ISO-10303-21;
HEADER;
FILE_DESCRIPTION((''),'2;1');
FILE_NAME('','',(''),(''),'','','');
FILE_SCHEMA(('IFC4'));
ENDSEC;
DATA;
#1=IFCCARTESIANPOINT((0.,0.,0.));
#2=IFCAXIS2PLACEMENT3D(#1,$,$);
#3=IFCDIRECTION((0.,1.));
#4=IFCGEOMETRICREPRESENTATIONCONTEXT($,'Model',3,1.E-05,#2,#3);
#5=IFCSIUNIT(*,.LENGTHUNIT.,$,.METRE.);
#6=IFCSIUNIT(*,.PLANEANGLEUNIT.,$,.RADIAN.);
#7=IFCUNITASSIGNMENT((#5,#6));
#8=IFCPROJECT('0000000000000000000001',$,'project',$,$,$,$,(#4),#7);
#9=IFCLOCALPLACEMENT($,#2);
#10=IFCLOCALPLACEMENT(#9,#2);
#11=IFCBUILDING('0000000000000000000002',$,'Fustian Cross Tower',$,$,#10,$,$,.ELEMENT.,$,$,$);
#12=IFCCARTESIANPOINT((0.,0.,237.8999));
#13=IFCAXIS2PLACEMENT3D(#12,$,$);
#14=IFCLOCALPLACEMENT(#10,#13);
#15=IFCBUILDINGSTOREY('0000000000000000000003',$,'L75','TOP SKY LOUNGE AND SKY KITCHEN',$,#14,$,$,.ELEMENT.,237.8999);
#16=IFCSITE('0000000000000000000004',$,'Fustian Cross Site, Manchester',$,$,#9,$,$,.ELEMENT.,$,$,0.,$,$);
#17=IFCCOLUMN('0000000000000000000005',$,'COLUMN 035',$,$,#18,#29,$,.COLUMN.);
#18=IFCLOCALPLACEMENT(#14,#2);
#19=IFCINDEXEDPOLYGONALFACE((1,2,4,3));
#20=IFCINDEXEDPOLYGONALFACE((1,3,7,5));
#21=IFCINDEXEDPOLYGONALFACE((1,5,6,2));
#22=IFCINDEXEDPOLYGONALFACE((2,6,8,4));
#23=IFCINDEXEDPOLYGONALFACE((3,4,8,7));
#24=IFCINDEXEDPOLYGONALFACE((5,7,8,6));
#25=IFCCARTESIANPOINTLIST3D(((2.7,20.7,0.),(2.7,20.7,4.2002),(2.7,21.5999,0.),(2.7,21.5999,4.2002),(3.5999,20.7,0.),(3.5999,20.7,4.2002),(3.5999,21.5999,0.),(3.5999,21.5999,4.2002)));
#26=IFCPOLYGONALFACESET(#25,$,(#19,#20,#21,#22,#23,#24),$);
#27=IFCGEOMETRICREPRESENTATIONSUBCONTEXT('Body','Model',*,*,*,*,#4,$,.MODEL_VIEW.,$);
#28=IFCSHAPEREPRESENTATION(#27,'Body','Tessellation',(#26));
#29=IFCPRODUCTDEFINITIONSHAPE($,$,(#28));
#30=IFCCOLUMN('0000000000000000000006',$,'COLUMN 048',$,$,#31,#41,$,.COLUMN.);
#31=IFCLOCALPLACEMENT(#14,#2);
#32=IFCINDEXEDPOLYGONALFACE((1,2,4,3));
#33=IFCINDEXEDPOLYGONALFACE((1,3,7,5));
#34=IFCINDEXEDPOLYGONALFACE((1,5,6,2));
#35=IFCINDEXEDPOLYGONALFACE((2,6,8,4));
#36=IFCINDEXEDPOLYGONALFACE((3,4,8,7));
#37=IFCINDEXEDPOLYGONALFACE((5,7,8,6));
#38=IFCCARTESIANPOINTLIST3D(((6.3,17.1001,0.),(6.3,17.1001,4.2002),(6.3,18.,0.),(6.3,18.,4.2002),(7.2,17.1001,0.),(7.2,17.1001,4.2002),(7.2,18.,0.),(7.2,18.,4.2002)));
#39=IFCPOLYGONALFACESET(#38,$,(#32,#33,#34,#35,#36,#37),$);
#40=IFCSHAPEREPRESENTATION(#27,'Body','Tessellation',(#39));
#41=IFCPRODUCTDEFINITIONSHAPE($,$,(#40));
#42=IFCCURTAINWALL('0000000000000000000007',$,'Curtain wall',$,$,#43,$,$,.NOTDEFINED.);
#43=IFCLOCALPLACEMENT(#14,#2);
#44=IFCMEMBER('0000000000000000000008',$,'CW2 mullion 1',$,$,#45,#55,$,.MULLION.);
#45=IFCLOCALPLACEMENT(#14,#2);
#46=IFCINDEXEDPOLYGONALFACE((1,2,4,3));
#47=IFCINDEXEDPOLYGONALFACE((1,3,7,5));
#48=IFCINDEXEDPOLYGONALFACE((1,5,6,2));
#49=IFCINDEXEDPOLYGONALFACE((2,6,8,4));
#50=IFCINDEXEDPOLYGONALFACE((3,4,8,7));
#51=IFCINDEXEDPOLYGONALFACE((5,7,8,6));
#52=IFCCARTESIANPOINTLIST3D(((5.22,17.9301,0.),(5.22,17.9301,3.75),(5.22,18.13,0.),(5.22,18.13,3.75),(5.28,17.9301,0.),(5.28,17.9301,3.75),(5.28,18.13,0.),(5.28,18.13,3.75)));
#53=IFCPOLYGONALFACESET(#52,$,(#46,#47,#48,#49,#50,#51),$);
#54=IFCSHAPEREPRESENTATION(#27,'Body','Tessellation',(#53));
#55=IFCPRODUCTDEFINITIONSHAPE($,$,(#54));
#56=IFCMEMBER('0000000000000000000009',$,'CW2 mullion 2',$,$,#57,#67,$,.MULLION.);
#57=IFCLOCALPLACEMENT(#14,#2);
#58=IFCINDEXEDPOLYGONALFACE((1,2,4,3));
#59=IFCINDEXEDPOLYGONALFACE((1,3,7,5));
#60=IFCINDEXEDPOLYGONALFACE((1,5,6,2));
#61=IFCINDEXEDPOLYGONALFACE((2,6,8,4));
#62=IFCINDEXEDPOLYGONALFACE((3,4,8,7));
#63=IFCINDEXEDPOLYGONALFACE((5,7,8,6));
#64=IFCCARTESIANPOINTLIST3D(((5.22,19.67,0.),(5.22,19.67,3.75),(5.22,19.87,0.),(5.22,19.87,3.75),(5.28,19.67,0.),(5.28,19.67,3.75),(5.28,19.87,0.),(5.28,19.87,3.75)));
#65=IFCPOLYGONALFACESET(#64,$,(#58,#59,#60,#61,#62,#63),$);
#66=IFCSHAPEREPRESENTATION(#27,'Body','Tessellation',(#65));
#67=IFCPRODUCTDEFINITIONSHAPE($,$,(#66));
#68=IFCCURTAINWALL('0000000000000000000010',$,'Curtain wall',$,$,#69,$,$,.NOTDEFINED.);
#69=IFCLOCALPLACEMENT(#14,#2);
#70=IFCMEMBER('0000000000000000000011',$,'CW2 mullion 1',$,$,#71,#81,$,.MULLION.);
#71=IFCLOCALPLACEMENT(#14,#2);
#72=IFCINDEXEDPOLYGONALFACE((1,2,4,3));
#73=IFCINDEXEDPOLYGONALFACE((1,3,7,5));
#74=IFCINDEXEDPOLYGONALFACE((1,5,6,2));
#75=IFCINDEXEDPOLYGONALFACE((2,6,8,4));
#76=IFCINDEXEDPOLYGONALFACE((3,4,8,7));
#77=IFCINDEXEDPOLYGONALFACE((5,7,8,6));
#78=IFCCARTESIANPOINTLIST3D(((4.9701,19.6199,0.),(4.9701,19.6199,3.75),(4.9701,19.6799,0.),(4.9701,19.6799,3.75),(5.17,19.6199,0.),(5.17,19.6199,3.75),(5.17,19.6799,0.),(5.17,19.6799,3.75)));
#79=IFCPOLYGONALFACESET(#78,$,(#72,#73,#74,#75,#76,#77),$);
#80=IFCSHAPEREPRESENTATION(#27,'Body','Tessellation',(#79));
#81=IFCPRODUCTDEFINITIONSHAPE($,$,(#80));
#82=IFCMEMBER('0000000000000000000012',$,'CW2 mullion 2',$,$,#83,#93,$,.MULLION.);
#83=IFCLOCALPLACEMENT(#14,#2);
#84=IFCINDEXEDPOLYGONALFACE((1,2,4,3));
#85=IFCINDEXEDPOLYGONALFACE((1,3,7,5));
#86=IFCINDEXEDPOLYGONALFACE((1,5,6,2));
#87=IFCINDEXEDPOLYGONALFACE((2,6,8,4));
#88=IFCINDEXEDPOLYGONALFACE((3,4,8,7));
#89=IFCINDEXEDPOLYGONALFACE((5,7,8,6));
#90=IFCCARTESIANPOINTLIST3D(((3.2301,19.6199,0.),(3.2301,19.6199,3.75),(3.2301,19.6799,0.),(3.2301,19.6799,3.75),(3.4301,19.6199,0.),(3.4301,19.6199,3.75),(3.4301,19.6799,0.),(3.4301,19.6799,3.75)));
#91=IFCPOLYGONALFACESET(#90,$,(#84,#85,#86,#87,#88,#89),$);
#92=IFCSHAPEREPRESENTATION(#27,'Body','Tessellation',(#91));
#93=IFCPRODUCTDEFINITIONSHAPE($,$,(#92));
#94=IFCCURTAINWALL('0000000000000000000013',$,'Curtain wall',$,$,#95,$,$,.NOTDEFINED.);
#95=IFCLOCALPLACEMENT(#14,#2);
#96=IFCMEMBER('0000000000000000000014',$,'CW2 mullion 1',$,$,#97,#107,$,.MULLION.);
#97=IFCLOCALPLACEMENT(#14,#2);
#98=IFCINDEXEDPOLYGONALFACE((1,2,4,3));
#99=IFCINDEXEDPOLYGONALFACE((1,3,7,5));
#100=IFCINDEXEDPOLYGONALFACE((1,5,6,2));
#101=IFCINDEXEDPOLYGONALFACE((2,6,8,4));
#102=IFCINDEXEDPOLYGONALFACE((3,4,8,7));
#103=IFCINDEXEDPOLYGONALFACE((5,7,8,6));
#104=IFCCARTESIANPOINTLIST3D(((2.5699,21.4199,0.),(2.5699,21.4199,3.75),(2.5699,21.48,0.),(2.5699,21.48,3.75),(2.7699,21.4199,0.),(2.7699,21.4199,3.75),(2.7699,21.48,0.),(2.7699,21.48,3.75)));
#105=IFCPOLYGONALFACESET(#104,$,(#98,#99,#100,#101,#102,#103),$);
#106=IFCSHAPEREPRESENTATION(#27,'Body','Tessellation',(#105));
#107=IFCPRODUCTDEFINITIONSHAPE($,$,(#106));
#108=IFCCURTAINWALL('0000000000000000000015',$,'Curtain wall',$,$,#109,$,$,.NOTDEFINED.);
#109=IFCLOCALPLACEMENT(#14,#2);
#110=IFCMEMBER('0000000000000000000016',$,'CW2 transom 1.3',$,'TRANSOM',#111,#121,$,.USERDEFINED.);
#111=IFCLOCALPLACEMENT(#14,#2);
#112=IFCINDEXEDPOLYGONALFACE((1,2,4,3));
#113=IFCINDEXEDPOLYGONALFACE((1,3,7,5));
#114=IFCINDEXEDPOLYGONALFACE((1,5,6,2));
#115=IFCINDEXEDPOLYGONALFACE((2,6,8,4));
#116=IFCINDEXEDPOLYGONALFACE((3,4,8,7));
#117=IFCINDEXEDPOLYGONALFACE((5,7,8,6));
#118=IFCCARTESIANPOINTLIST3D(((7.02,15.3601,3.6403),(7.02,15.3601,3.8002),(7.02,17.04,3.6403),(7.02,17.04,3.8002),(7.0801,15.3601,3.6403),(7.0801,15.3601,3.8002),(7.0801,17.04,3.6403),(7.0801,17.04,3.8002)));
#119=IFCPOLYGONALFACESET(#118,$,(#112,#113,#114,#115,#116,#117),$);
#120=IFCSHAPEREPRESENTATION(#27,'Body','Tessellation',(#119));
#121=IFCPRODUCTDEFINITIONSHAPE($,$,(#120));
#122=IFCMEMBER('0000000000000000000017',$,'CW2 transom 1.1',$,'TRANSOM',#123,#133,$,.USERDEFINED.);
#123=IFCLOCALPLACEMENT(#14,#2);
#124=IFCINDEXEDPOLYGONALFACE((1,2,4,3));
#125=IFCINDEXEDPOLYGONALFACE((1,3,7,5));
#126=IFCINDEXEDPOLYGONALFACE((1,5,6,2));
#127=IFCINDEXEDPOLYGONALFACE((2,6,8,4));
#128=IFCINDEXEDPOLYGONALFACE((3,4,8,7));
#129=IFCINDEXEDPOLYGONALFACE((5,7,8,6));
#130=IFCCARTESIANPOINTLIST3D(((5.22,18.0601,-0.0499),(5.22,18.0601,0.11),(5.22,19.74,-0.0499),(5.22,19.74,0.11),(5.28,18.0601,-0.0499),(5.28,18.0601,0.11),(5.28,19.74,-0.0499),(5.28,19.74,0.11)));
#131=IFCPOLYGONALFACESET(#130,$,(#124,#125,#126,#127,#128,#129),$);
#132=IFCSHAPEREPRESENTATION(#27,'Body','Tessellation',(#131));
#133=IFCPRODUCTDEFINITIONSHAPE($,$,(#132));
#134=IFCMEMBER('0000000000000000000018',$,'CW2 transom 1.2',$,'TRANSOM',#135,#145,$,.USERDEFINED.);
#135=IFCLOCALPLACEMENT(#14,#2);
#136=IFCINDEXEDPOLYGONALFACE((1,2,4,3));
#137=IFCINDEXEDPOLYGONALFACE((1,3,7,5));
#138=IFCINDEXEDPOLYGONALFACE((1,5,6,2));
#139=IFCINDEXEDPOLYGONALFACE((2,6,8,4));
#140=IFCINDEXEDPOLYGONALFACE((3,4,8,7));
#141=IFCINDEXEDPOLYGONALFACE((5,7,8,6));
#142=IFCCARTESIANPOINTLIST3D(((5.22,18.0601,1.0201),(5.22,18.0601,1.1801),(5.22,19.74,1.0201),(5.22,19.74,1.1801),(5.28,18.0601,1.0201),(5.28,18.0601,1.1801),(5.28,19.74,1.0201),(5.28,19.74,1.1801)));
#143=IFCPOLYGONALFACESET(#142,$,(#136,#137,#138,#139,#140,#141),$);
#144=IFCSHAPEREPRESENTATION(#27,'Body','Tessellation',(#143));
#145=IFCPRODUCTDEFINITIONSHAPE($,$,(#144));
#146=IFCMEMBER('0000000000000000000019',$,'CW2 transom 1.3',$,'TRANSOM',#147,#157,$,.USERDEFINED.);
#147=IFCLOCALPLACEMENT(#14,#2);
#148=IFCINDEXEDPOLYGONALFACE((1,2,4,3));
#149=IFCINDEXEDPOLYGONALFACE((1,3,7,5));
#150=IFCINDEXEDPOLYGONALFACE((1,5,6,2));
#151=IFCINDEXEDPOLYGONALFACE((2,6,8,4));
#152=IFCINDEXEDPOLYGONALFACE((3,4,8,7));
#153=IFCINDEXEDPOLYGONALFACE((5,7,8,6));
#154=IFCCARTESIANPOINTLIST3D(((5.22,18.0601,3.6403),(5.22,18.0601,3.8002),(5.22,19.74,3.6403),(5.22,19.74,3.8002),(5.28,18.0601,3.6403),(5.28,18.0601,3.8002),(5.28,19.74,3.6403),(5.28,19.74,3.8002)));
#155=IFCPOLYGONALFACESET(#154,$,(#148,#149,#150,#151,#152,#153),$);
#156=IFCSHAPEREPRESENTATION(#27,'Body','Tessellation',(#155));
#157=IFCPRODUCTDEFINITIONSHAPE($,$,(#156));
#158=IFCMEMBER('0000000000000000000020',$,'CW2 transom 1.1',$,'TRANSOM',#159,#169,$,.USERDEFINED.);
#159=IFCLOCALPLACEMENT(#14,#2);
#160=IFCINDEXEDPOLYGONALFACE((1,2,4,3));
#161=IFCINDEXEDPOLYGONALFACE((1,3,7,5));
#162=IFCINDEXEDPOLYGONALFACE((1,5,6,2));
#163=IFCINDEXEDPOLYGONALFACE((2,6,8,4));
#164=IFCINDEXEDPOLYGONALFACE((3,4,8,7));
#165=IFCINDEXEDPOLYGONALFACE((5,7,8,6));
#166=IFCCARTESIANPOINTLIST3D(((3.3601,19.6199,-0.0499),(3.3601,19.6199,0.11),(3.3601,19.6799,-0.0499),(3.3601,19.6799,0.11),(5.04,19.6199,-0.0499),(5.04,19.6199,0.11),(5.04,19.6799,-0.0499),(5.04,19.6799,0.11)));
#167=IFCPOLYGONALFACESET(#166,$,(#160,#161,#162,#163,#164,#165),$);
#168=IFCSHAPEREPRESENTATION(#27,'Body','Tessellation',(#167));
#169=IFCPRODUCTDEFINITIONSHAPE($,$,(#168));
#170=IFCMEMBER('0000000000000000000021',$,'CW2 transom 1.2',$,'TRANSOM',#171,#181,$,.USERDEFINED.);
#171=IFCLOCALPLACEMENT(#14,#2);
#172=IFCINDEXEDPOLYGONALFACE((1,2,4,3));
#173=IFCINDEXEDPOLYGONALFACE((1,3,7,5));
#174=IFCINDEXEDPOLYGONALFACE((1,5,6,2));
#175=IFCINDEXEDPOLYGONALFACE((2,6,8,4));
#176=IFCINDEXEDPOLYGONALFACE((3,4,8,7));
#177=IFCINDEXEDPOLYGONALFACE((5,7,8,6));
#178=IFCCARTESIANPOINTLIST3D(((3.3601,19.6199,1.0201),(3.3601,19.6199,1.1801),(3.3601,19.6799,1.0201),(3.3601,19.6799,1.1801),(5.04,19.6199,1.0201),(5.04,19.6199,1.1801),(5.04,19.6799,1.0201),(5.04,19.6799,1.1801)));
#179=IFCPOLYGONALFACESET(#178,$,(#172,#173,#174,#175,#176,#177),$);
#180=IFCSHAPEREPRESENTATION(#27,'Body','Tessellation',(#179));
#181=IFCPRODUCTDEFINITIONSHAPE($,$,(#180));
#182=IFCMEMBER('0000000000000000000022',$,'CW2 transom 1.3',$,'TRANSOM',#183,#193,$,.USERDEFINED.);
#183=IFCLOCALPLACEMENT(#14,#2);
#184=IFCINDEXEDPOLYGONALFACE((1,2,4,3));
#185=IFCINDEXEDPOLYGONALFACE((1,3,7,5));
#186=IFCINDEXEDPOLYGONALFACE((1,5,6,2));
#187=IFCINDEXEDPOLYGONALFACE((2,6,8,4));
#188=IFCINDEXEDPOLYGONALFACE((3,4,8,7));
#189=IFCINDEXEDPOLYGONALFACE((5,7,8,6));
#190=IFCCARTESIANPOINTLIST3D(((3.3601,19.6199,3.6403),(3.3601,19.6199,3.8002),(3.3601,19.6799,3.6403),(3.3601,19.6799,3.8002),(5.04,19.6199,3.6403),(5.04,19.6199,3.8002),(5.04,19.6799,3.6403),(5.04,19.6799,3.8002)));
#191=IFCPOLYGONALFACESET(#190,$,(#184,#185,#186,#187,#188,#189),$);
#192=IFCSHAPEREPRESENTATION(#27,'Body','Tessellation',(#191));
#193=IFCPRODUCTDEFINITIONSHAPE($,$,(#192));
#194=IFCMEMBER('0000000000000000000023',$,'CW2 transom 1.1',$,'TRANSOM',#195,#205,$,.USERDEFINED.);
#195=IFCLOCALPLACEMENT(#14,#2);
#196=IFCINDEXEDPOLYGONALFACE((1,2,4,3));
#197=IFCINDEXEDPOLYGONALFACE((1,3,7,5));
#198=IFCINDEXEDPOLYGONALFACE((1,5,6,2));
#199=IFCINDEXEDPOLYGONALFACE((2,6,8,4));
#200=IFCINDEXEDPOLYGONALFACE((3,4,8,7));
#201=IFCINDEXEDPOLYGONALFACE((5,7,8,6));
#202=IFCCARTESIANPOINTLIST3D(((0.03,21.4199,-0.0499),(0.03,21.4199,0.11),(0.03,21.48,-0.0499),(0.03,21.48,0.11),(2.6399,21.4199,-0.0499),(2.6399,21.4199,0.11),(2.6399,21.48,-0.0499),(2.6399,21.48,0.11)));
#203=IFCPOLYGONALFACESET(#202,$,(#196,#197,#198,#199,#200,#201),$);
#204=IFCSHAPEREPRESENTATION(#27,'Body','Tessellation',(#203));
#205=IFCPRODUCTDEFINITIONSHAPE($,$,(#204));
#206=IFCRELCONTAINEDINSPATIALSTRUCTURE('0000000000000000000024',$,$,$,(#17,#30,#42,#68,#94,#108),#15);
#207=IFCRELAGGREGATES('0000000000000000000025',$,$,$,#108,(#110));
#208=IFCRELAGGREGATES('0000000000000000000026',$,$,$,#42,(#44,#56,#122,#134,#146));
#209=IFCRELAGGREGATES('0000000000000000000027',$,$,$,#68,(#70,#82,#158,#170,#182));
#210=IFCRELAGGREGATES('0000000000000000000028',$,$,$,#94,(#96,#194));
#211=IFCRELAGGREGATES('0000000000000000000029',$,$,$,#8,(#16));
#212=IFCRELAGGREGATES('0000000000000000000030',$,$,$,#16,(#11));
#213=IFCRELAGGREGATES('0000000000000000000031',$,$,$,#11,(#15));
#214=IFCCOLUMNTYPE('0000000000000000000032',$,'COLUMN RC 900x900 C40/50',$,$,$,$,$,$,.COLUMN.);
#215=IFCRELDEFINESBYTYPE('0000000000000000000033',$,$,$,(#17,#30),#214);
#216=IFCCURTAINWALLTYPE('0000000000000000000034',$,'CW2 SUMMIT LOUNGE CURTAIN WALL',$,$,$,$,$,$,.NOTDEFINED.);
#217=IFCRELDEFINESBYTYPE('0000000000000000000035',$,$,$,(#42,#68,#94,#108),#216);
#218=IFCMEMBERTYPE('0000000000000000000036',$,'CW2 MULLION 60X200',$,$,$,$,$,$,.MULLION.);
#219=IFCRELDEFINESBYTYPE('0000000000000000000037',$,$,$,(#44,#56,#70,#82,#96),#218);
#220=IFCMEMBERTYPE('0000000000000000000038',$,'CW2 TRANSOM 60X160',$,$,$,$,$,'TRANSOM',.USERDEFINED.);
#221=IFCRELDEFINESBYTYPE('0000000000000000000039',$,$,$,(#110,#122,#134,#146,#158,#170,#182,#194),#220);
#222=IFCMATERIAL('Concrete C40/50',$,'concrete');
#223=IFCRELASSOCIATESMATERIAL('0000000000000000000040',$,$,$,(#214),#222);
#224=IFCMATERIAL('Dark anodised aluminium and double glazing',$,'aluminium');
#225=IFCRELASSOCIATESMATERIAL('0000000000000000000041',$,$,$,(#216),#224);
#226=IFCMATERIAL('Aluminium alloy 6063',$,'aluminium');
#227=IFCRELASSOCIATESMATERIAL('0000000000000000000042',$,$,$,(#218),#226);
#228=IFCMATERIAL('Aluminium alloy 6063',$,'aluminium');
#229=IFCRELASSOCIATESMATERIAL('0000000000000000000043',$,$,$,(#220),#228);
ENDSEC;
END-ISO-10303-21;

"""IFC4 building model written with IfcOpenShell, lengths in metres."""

from ifc_helpers import new_model, si_unit, direction, frame, origin, origin_2d, place, context, subcontext, project, spatial, rectangle, extrude, material, material_profile, profile_set, type_object, element, aggregate, save


model = new_model("IFC4")

# Units and contexts
model_context = context("Model", 3, precision=1e-05, world=origin(), true_north=direction((0.0, 1.0)))
body_context = subcontext(model_context, "Body", "Model", "MODEL_VIEW")
ifc_project = project(units=[si_unit("LENGTHUNIT", "METRE"), si_unit("PLANEANGLEUNIT", "RADIAN")], contexts=[model_context])

# Site, building, storey
site_placement = place(None, origin())
site = spatial("IfcSite", under=ifc_project, at=site_placement, Name="Fustian Cross Site, Manchester", CompositionType="ELEMENT", RefElevation=0.0)
building_placement = place(site_placement, origin())
building = spatial("IfcBuilding", under=site, at=building_placement, Name="Fustian Cross Tower", CompositionType="ELEMENT")
storey_placement = place(building_placement, frame((0.0, 0.0, 237.8999)))
storey = spatial("IfcBuildingStorey", under=building, at=storey_placement, Name="L75", Description="TOP SKY LOUNGE AND SKY KITCHEN", CompositionType="ELEMENT", Elevation=237.8999)

# Columns
ifc_material_1 = material(Name="Concrete C40/50", Category="concrete")
ifc_material_profile_1 = material_profile(ifc_material_1, rectangle(XDim=0.8999, YDim=0.8999, at=origin_2d()), Name="RC 900x900")
ifc_profile_set_1 = profile_set([ifc_material_profile_1], Name="Concrete C40/50")
column_type = type_object("IfcColumnType", Name="COLUMN RC 900x900 C40/50", PredefinedType="COLUMN", material=ifc_profile_set_1)
for number, where, z_axis, x_axis, name in (
    (1, (3.1499, 21.1499, 0.0), (0.0, 0.0, 1.0), (1.0, 0.0, 0.0), "COLUMN 035"),
    (2, (6.75, 17.55, 0.0), (0.0, 0.0, 1.0), (1.0, 0.0, 0.0), "COLUMN 048"),
):
    element("IfcColumn", number, at=place(storey_placement, frame(where, z_axis=z_axis, x_axis=x_axis)), inside=storey, type_object=column_type, Name=name, PredefinedType="COLUMN", context=body_context, shape_type="SweptSolid", body=[
        extrude(rectangle(XDim=0.8999, YDim=0.8999, at=origin_2d()), origin(), (0.0, 0.0, 1.0), 4.2002),
    ])

# Curtain walls, members
ifc_material_2 = material(Name="Dark anodised aluminium and double glazing", Category="aluminium")
curtain_wall_type = type_object("IfcCurtainWallType", Name="CW2 SUMMIT LOUNGE CURTAIN WALL", PredefinedType="NOTDEFINED", material=ifc_material_2)
curtain_wall_1_placement = place(storey_placement, origin())
curtain_wall_1 = element("IfcCurtainWall", 3, at=curtain_wall_1_placement, inside=storey, type_object=curtain_wall_type, Name="Curtain wall", PredefinedType="NOTDEFINED")
ifc_material_3 = material(Name="Aluminium alloy 6063", Category="aluminium")
ifc_material_profile_2 = material_profile(ifc_material_3, rectangle(XDim=0.0601, YDim=0.2, at=origin_2d()), Name="CW2 MULLION 60X200")
ifc_profile_set_2 = profile_set([ifc_material_profile_2], Name="Aluminium alloy 6063")
member_type_1 = type_object("IfcMemberType", Name="CW2 MULLION 60X200", PredefinedType="MULLION", material=ifc_profile_set_2)
member_1_placement = place(storey_placement, frame((5.25, 18.03, 0.0), z_axis=(0.0, 0.0, 1.0), x_axis=(-1.0, 0.0, 0.0)))
member_1 = element("IfcMember", 4, at=member_1_placement, type_object=member_type_1, Name="CW2 mullion 1", PredefinedType="MULLION", context=body_context, shape_type="SweptSolid", body=[
    extrude(rectangle(XDim=0.0601, YDim=0.2, at=origin_2d()), origin(), (0.0, 0.0, 1.0), 3.75),
])
member_2_placement = place(storey_placement, frame((5.25, 19.77, 0.0), z_axis=(0.0, 0.0, 1.0), x_axis=(-1.0, 0.0, 0.0)))
member_2 = element("IfcMember", 5, at=member_2_placement, type_object=member_type_1, Name="CW2 mullion 2", PredefinedType="MULLION", context=body_context, shape_type="SweptSolid", body=[
    extrude(rectangle(XDim=0.0601, YDim=0.2, at=origin_2d()), origin(), (0.0, 0.0, 1.0), 3.75),
])
curtain_wall_2_placement = place(storey_placement, origin())
curtain_wall_2 = element("IfcCurtainWall", 6, at=curtain_wall_2_placement, inside=storey, type_object=curtain_wall_type, Name="Curtain wall", PredefinedType="NOTDEFINED")
member_3_placement = place(storey_placement, frame((5.0701, 19.6499, 0.0), z_axis=(0.0, 0.0, 1.0), x_axis=(0.0, -1.0, 0.0)))
member_3 = element("IfcMember", 7, at=member_3_placement, type_object=member_type_1, Name="CW2 mullion 1", PredefinedType="MULLION", context=body_context, shape_type="SweptSolid", body=[
    extrude(rectangle(XDim=0.0601, YDim=0.2, at=origin_2d()), origin(), (0.0, 0.0, 1.0), 3.75),
])
member_4_placement = place(storey_placement, frame((3.3301, 19.6499, 0.0), z_axis=(0.0, 0.0, 1.0), x_axis=(0.0, -1.0, 0.0)))
member_4 = element("IfcMember", 8, at=member_4_placement, type_object=member_type_1, Name="CW2 mullion 2", PredefinedType="MULLION", context=body_context, shape_type="SweptSolid", body=[
    extrude(rectangle(XDim=0.0601, YDim=0.2, at=origin_2d()), origin(), (0.0, 0.0, 1.0), 3.75),
])

# Curtain walls, members
curtain_wall_3_placement = place(storey_placement, origin())
curtain_wall_3 = element("IfcCurtainWall", 9, at=curtain_wall_3_placement, inside=storey, type_object=curtain_wall_type, Name="Curtain wall", PredefinedType="NOTDEFINED")
member_5_placement = place(storey_placement, frame((2.6699, 21.45, 0.0), z_axis=(0.0, 0.0, 1.0), x_axis=(0.0, -1.0, 0.0)))
member_5 = element("IfcMember", 10, at=member_5_placement, type_object=member_type_1, Name="CW2 mullion 1", PredefinedType="MULLION", context=body_context, shape_type="SweptSolid", body=[
    extrude(rectangle(XDim=0.0601, YDim=0.2, at=origin_2d()), origin(), (0.0, 0.0, 1.0), 3.75),
])
curtain_wall_4_placement = place(storey_placement, origin())
curtain_wall_4 = element("IfcCurtainWall", 11, at=curtain_wall_4_placement, inside=storey, type_object=curtain_wall_type, Name="Curtain wall", PredefinedType="NOTDEFINED")
ifc_material_4 = material(Name="Aluminium alloy 6063", Category="aluminium")
ifc_material_profile_3 = material_profile(ifc_material_4, rectangle(XDim=0.0601, YDim=0.1599, at=origin_2d()), Name="CW2 TRANSOM 60X160")
ifc_profile_set_3 = profile_set([ifc_material_profile_3], Name="Aluminium alloy 6063")
member_type_2 = type_object("IfcMemberType", Name="CW2 TRANSOM 60X160", ElementType="TRANSOM", PredefinedType="USERDEFINED", material=ifc_profile_set_3)
member_6_placement = place(storey_placement, frame((7.05, 15.3601, 3.7202), z_axis=(0.0, 1.0, 0.0), x_axis=(-1.0, 0.0, 0.0)))
member_6 = element("IfcMember", 12, at=member_6_placement, type_object=member_type_2, Name="CW2 transom 1.3", ObjectType="TRANSOM", PredefinedType="USERDEFINED", context=body_context, shape_type="SweptSolid", body=[
    extrude(rectangle(XDim=0.0601, YDim=0.1599, at=origin_2d()), origin(), (0.0, 0.0, 1.0), 1.6799),
])
aggregate(curtain_wall_4, [member_6])

# Members
member_7_placement = place(storey_placement, frame((5.25, 18.0601, 0.03), z_axis=(0.0, 1.0, 0.0), x_axis=(-1.0, 0.0, 0.0)))
member_7 = element("IfcMember", 13, at=member_7_placement, type_object=member_type_2, Name="CW2 transom 1.1", ObjectType="TRANSOM", PredefinedType="USERDEFINED", context=body_context, shape_type="SweptSolid", body=[
    extrude(rectangle(XDim=0.0601, YDim=0.1599, at=origin_2d()), origin(), (0.0, 0.0, 1.0), 1.6799),
])
member_8_placement = place(storey_placement, frame((5.25, 18.0601, 1.1001), z_axis=(0.0, 1.0, 0.0), x_axis=(-1.0, 0.0, 0.0)))
member_8 = element("IfcMember", 14, at=member_8_placement, type_object=member_type_2, Name="CW2 transom 1.2", ObjectType="TRANSOM", PredefinedType="USERDEFINED", context=body_context, shape_type="SweptSolid", body=[
    extrude(rectangle(XDim=0.0601, YDim=0.1599, at=origin_2d()), origin(), (0.0, 0.0, 1.0), 1.6799),
])
member_9_placement = place(storey_placement, frame((5.25, 18.0601, 3.7202), z_axis=(0.0, 1.0, 0.0), x_axis=(-1.0, 0.0, 0.0)))
member_9 = element("IfcMember", 15, at=member_9_placement, type_object=member_type_2, Name="CW2 transom 1.3", ObjectType="TRANSOM", PredefinedType="USERDEFINED", context=body_context, shape_type="SweptSolid", body=[
    extrude(rectangle(XDim=0.0601, YDim=0.1599, at=origin_2d()), origin(), (0.0, 0.0, 1.0), 1.6799),
])
member_10_placement = place(storey_placement, frame((5.04, 19.6499, 0.03), z_axis=(-1.0, 0.0, 0.0), x_axis=(0.0, -1.0, 0.0)))
member_10 = element("IfcMember", 16, at=member_10_placement, type_object=member_type_2, Name="CW2 transom 1.1", ObjectType="TRANSOM", PredefinedType="USERDEFINED", context=body_context, shape_type="SweptSolid", body=[
    extrude(rectangle(XDim=0.0601, YDim=0.1599, at=origin_2d()), origin(), (0.0, 0.0, 1.0), 1.6799),
])
member_11_placement = place(storey_placement, frame((5.04, 19.6499, 1.1001), z_axis=(-1.0, 0.0, 0.0), x_axis=(0.0, -1.0, 0.0)))
member_11 = element("IfcMember", 17, at=member_11_placement, type_object=member_type_2, Name="CW2 transom 1.2", ObjectType="TRANSOM", PredefinedType="USERDEFINED", context=body_context, shape_type="SweptSolid", body=[
    extrude(rectangle(XDim=0.0601, YDim=0.1599, at=origin_2d()), origin(), (0.0, 0.0, 1.0), 1.6799),
])
member_12_placement = place(storey_placement, frame((5.04, 19.6499, 3.7202), z_axis=(-1.0, 0.0, 0.0), x_axis=(0.0, -1.0, 0.0)))
member_12 = element("IfcMember", 18, at=member_12_placement, type_object=member_type_2, Name="CW2 transom 1.3", ObjectType="TRANSOM", PredefinedType="USERDEFINED", context=body_context, shape_type="SweptSolid", body=[
    extrude(rectangle(XDim=0.0601, YDim=0.1599, at=origin_2d()), origin(), (0.0, 0.0, 1.0), 1.6799),
])
member_13_placement = place(storey_placement, frame((2.6399, 21.45, 0.03), z_axis=(-1.0, 0.0, 0.0), x_axis=(0.0, -1.0, 0.0)))
member_13 = element("IfcMember", 19, at=member_13_placement, type_object=member_type_2, Name="CW2 transom 1.1", ObjectType="TRANSOM", PredefinedType="USERDEFINED", context=body_context, shape_type="SweptSolid", body=[
    extrude(rectangle(XDim=0.0601, YDim=0.1599, at=origin_2d()), origin(), (0.0, 0.0, 1.0), 2.6099),
])

aggregate(curtain_wall_1, [member_1, member_2, member_7, member_8, member_9])
aggregate(curtain_wall_2, [member_3, member_4, member_10, member_11, member_12])
aggregate(curtain_wall_3, [member_5, member_13])

save(model, "model.ifc")
